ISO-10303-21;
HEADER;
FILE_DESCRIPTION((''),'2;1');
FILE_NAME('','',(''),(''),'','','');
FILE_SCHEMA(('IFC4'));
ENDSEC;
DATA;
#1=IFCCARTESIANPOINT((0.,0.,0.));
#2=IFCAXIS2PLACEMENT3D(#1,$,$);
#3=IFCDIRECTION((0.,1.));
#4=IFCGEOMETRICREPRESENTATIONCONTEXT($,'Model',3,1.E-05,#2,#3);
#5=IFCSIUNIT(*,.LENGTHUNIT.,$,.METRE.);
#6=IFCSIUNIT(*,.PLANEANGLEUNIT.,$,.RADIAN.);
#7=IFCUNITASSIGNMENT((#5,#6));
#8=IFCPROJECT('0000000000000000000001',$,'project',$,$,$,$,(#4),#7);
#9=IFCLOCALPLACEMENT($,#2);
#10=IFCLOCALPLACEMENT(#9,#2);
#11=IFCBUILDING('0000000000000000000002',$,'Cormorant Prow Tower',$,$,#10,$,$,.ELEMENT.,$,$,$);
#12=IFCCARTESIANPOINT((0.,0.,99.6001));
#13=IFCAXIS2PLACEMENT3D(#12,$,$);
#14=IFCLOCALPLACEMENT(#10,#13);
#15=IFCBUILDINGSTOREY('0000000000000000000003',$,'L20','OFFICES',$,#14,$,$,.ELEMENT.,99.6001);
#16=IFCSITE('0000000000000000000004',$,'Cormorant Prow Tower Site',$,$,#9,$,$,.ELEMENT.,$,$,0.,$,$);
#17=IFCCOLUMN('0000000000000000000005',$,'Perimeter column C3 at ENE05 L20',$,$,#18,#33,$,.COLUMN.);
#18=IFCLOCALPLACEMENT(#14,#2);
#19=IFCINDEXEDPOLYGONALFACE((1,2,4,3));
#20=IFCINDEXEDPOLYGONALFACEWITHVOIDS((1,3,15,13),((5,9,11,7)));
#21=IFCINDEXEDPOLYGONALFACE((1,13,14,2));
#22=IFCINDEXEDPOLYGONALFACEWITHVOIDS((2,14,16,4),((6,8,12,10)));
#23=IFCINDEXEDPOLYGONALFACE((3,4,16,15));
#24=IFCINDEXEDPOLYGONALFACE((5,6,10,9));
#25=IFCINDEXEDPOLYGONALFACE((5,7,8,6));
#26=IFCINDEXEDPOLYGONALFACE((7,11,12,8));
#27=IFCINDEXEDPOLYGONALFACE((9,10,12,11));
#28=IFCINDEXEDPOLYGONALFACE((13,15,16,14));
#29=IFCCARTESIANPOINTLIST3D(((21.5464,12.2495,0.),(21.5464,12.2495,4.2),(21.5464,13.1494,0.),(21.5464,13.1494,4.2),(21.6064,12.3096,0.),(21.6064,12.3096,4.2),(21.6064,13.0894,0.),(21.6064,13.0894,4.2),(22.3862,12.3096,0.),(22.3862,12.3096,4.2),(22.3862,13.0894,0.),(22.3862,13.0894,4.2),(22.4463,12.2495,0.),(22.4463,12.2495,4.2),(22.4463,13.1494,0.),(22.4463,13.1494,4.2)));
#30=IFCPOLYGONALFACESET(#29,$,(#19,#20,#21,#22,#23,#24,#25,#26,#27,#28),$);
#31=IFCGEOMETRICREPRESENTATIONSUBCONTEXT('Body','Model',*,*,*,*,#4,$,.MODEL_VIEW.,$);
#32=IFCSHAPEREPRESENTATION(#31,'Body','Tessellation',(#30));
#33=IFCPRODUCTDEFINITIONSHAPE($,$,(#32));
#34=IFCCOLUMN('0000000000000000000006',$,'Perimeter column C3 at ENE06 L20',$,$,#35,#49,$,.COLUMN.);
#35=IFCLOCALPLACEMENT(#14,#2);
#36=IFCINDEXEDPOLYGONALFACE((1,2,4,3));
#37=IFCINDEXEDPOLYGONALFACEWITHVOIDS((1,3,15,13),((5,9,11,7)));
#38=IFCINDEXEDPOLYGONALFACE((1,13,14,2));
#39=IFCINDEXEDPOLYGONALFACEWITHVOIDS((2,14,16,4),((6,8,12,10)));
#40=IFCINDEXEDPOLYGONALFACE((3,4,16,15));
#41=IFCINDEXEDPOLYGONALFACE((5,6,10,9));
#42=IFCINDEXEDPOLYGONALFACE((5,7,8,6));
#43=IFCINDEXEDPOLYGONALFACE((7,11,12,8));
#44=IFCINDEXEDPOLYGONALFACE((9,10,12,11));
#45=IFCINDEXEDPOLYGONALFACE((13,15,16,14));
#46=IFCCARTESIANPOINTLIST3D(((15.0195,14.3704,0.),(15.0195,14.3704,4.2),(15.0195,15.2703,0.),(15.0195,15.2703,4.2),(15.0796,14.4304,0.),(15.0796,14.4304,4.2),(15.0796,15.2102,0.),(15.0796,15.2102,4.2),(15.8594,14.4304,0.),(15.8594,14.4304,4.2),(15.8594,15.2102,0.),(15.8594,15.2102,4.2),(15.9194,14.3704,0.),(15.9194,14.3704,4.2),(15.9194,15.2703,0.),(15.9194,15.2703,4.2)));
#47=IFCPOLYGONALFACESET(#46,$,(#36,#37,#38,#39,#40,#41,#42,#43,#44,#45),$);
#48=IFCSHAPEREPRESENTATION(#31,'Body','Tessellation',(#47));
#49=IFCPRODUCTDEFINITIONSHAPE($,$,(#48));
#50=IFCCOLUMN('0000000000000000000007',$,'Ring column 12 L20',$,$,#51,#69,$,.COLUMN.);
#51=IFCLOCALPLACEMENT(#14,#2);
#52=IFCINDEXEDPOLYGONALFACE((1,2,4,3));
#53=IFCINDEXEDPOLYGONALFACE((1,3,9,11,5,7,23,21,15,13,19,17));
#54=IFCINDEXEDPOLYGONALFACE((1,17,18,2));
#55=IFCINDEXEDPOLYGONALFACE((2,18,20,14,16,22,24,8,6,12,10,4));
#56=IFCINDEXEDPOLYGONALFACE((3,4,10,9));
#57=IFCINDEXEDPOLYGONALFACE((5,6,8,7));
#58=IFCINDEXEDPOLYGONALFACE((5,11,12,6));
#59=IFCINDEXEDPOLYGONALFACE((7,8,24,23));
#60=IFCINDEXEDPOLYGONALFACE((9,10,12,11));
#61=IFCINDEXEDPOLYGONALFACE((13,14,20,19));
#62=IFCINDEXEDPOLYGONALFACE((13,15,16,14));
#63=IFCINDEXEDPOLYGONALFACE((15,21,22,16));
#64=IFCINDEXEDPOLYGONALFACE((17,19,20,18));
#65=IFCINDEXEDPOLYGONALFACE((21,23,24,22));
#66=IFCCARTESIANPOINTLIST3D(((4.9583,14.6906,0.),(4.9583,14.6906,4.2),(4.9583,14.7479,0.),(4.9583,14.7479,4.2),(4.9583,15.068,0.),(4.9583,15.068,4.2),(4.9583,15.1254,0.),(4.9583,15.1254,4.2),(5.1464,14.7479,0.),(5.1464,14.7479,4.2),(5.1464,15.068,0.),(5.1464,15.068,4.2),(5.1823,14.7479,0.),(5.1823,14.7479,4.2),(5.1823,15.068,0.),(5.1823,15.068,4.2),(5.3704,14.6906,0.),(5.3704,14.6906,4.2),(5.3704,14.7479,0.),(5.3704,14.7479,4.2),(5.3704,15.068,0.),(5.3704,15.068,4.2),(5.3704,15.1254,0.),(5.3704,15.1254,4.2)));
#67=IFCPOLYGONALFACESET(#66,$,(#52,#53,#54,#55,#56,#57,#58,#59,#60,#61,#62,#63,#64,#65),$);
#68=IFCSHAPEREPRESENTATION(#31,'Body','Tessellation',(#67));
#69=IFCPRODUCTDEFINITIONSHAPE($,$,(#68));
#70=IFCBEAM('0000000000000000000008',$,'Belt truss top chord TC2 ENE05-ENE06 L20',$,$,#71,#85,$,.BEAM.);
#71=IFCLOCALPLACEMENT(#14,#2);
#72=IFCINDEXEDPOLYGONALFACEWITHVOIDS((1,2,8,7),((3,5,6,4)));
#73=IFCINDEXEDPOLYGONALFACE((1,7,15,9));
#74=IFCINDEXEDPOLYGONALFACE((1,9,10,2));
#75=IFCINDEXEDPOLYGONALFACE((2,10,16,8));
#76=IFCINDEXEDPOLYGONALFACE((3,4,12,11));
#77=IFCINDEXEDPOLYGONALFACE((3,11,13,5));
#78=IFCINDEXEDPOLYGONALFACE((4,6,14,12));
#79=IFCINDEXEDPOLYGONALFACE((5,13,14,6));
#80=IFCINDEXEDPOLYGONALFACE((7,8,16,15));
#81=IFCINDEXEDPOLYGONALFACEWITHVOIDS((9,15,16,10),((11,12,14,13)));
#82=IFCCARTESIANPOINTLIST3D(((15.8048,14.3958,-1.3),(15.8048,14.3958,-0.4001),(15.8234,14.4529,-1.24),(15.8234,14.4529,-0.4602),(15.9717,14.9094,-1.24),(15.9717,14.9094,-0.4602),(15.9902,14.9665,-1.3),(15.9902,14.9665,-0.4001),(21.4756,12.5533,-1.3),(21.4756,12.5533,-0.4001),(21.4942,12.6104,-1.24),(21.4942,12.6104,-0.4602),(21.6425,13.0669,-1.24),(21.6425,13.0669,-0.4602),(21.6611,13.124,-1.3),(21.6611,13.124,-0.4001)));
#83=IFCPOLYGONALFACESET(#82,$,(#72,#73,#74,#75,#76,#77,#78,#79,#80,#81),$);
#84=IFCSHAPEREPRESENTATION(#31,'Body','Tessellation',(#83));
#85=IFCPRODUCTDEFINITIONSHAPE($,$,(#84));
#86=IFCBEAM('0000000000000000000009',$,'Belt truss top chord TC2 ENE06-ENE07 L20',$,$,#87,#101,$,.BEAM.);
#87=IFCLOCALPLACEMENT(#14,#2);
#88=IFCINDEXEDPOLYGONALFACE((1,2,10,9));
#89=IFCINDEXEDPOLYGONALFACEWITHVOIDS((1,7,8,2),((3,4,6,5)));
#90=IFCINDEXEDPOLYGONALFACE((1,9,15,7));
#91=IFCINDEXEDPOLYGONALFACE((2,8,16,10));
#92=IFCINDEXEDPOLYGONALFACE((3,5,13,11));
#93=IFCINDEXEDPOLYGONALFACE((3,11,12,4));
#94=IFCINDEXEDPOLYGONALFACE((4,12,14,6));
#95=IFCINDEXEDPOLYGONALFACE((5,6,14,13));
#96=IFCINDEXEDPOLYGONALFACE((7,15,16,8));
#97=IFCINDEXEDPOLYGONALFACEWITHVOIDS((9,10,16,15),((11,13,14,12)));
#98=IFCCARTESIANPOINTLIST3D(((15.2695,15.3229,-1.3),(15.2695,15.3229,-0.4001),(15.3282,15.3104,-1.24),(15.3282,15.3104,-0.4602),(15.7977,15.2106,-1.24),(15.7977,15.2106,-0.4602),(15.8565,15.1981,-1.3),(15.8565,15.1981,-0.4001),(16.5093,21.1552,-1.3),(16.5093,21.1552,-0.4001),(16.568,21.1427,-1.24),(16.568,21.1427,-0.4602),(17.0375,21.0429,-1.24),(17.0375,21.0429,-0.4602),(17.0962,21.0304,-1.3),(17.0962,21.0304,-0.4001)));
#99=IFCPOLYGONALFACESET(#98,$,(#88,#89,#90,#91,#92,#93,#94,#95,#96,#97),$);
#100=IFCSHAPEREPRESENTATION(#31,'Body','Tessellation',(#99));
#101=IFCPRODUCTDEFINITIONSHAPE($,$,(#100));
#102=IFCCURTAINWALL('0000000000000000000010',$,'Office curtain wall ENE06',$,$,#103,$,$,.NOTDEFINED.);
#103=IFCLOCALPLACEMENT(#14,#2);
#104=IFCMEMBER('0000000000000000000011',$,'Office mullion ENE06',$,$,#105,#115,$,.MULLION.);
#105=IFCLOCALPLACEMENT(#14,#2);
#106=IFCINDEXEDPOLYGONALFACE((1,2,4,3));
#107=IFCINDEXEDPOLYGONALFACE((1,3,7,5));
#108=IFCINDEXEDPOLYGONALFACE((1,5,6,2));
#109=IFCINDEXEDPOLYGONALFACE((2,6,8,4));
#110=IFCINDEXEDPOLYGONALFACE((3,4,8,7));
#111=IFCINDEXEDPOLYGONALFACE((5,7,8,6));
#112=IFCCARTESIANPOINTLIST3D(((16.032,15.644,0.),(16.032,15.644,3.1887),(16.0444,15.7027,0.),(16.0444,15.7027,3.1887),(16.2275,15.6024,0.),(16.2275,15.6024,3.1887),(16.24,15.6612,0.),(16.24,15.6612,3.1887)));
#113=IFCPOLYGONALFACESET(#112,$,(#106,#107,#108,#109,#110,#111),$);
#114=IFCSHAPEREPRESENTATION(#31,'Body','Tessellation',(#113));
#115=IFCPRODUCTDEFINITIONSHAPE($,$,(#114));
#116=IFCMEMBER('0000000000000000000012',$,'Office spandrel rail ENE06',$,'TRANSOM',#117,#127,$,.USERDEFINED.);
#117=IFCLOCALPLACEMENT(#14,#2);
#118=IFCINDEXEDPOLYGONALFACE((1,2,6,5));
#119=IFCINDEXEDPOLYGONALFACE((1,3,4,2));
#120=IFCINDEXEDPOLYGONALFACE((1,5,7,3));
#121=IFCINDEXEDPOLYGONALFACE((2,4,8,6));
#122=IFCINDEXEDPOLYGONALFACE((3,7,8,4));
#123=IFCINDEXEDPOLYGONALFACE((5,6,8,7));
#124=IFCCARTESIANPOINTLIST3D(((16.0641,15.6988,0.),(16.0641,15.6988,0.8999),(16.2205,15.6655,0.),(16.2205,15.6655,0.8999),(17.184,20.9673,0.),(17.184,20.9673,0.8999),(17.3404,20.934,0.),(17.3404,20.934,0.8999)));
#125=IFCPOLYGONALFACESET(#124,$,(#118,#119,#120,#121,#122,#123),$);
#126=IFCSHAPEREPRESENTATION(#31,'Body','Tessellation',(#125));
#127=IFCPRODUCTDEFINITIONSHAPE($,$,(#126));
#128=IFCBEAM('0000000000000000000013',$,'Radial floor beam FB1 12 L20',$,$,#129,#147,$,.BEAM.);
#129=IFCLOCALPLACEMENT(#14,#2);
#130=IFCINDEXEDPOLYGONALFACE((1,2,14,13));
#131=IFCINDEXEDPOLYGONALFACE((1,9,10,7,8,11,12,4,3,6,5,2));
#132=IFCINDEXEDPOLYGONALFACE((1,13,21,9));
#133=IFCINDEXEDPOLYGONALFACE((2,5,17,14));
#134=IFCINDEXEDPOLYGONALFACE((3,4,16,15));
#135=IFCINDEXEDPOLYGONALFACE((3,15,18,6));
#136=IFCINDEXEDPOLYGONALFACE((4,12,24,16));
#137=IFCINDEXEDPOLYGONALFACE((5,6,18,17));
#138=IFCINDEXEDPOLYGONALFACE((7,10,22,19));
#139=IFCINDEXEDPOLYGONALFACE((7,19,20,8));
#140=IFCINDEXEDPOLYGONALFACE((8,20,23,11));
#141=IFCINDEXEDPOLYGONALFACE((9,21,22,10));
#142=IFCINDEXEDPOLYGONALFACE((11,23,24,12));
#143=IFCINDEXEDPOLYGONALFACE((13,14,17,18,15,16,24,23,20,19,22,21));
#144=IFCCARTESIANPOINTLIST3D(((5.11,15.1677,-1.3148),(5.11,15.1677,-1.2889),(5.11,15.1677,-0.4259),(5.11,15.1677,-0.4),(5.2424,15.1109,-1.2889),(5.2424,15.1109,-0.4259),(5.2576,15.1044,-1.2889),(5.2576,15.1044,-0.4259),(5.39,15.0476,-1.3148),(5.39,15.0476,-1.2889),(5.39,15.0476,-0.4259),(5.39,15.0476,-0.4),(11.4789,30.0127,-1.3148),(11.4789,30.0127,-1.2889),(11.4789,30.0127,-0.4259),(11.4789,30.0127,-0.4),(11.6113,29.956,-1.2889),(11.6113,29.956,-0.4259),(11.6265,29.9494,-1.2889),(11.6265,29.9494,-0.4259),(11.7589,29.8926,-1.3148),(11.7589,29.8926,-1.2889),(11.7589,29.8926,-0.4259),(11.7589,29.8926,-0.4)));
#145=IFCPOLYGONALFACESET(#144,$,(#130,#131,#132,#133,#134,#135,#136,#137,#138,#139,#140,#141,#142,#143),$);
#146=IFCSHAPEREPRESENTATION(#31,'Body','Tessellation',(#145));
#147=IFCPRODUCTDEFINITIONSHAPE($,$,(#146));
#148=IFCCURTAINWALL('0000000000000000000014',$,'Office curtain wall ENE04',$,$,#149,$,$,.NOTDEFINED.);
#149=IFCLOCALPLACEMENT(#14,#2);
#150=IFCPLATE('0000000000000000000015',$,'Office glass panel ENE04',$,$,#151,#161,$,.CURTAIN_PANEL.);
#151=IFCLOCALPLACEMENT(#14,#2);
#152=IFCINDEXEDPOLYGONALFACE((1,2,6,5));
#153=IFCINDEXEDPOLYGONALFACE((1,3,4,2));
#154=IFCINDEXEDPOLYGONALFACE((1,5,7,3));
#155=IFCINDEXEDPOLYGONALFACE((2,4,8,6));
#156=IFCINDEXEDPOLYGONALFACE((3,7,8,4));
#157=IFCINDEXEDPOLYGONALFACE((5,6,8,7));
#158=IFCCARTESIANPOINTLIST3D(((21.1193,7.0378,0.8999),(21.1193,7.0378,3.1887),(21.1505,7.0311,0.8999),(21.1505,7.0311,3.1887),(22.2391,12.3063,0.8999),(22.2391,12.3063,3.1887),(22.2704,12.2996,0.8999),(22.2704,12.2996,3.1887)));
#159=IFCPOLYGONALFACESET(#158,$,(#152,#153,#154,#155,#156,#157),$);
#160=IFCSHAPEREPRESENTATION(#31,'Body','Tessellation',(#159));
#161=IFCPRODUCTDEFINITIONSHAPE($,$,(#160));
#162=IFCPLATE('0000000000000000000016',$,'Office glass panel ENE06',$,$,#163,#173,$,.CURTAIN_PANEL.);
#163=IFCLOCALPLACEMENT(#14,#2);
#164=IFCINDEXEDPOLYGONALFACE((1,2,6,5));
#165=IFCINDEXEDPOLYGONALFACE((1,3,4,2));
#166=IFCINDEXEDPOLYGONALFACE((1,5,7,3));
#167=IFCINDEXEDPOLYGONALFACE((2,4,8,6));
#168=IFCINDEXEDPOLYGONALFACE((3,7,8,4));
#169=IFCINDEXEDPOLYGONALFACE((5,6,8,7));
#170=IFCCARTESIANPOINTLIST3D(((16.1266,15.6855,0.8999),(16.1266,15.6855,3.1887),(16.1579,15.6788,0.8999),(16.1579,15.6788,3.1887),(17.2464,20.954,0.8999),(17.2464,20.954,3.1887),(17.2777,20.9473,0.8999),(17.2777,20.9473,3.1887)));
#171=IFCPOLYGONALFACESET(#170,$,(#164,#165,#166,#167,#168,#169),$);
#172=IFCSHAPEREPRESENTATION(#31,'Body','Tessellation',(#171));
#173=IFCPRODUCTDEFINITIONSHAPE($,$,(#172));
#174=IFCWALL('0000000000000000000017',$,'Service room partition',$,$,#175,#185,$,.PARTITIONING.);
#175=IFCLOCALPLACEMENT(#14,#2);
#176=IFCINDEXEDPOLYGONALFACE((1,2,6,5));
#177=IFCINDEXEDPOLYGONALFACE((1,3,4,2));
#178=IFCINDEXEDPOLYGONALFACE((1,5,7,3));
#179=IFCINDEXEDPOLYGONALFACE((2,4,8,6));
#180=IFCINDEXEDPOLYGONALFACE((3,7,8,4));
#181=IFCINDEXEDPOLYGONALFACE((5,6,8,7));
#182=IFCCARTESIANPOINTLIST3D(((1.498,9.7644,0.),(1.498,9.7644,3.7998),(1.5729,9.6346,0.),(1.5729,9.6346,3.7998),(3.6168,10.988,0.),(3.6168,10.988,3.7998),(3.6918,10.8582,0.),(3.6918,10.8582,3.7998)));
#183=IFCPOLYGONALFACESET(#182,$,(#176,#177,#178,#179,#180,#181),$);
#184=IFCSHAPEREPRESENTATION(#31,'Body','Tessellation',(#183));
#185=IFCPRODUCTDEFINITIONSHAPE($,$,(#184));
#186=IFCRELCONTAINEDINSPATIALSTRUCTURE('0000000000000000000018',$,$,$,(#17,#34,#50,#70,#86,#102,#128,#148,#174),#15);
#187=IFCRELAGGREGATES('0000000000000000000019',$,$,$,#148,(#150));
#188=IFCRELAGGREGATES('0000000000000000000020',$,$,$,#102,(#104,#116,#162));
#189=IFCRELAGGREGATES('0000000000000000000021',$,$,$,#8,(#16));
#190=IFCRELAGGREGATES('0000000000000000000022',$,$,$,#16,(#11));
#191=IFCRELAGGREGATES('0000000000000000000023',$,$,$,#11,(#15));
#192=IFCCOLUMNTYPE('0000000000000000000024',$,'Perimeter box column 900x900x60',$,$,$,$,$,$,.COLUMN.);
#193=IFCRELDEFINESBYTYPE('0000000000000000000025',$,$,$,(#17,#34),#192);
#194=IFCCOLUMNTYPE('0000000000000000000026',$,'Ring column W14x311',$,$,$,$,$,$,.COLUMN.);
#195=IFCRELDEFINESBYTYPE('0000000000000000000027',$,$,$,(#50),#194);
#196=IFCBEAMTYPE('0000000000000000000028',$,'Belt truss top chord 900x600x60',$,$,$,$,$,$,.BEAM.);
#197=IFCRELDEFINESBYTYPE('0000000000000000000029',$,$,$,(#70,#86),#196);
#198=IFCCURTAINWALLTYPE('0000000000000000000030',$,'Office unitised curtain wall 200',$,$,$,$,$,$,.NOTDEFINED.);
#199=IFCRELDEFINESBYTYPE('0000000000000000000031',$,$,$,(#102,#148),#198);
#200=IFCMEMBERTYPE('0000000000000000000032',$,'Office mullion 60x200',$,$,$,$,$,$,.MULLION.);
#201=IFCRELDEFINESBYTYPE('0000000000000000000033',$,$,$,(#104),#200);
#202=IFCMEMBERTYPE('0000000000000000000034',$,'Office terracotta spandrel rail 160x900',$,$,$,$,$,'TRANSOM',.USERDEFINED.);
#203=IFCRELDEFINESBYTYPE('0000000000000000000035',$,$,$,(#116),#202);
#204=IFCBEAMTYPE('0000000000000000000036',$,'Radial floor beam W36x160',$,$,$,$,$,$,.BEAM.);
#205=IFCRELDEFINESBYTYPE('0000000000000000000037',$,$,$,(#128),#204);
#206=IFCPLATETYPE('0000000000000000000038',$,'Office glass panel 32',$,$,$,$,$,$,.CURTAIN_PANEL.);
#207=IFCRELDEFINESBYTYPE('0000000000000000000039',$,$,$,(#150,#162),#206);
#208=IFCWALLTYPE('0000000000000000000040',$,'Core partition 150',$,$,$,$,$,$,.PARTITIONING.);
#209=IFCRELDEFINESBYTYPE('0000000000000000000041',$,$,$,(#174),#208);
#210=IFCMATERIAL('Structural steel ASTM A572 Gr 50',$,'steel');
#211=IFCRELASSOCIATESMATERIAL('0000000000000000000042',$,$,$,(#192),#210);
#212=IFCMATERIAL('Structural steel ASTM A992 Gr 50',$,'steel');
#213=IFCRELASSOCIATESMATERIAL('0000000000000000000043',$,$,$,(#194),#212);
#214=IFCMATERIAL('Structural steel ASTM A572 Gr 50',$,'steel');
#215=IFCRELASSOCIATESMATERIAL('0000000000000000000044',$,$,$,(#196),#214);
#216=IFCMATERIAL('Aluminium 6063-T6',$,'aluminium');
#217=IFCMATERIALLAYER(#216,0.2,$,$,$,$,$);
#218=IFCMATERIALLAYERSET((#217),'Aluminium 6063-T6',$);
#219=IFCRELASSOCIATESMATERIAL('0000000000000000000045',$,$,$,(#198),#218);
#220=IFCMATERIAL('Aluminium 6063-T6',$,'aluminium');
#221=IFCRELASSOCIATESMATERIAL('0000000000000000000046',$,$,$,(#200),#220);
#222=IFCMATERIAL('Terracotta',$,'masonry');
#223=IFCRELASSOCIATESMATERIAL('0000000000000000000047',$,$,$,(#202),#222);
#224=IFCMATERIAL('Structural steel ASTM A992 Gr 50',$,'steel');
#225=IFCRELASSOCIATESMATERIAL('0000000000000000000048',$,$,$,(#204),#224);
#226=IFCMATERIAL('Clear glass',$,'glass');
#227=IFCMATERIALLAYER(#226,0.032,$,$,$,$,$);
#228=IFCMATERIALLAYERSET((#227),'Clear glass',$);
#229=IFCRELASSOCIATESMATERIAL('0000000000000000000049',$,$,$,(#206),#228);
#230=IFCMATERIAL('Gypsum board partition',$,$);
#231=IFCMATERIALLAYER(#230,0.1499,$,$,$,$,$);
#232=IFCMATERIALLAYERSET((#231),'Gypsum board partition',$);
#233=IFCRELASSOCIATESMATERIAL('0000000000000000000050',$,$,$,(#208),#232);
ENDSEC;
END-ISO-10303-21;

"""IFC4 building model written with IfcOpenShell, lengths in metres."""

from ifc_helpers import new_model, si_unit, direction, frame, frame_2d, origin, origin_2d, place, context, subcontext, project, spatial, rectangle, hollow_rectangle, i_section, extrude, material, layer, layer_set, material_profile, profile_set, type_object, element, aggregate, save


model = new_model("IFC4")

# Units and contexts
model_context = context("Model", 3, precision=1e-05, world=origin(), true_north=direction((0.0, 1.0)))
body_context = subcontext(model_context, "Body", "Model", "MODEL_VIEW")
ifc_project = project(units=[si_unit("LENGTHUNIT", "METRE"), si_unit("PLANEANGLEUNIT", "RADIAN")], contexts=[model_context])

# Site, building, storey
site_placement = place(None, origin())
site = spatial("IfcSite", under=ifc_project, at=site_placement, Name="Cormorant Prow Tower Site", CompositionType="ELEMENT", RefElevation=0.0)
building_placement = place(site_placement, origin())
building = spatial("IfcBuilding", under=site, at=building_placement, Name="Cormorant Prow Tower", CompositionType="ELEMENT")
storey_placement = place(building_placement, frame((0.0, 0.0, 99.6001)))
storey = spatial("IfcBuildingStorey", under=building, at=storey_placement, Name="L20", Description="OFFICES", CompositionType="ELEMENT", Elevation=99.6001)

# Columns
ifc_material_1 = material(Name="Structural steel ASTM A572 Gr 50", Category="steel")
ifc_material_profile_1 = material_profile(ifc_material_1, hollow_rectangle(XDim=0.8999, YDim=0.8999, WallThickness=0.0601, at=origin_2d()), Name="Box 900x900x60")
ifc_profile_set_1 = profile_set([ifc_material_profile_1], Name="Structural steel ASTM A572 Gr 50")
column_type_1 = type_object("IfcColumnType", Name="Perimeter box column 900x900x60", PredefinedType="COLUMN", material=ifc_profile_set_1)
for number, where, z_axis, x_axis, name in (
    (1, (21.9963, 12.6995, 0.0), (0.0, 0.0, 1.0), (1.0, 0.0, 0.0), "Perimeter column C3 at ENE05 L20"),
    (2, (15.4695, 14.8203, 0.0), (0.0, 0.0, 1.0), (1.0, 0.0, 0.0), "Perimeter column C3 at ENE06 L20"),
):
    element("IfcColumn", number, at=place(storey_placement, frame(where, z_axis=z_axis, x_axis=x_axis)), inside=storey, type_object=column_type_1, Name=name, PredefinedType="COLUMN", context=body_context, shape_type="SweptSolid", body=[
        extrude(hollow_rectangle(XDim=0.8999, YDim=0.8999, WallThickness=0.0601, at=origin_2d()), origin(), (0.0, 0.0, 1.0), 4.2),
    ])
ifc_material_2 = material(Name="Structural steel ASTM A992 Gr 50", Category="steel")
ifc_material_profile_2 = material_profile(ifc_material_2, i_section(OverallWidth=0.4121, OverallDepth=0.4348, WebThickness=0.0359, FlangeThickness=0.0574, at=origin_2d()), Name="W14x311")
ifc_profile_set_2 = profile_set([ifc_material_profile_2], Name="Structural steel ASTM A992 Gr 50")
column_type_2 = type_object("IfcColumnType", Name="Ring column W14x311", PredefinedType="COLUMN", material=ifc_profile_set_2)
column_placement = place(storey_placement, frame((5.1643, 14.908, 0.0), z_axis=(0.0, 0.0, 1.0), x_axis=(1.0, 0.0, 0.0)))
element("IfcColumn", 3, at=column_placement, inside=storey, type_object=column_type_2, Name="Ring column 12 L20", PredefinedType="COLUMN", context=body_context, shape_type="SweptSolid", body=[
    extrude(i_section(OverallWidth=0.4121, OverallDepth=0.4348, WebThickness=0.0359, FlangeThickness=0.0574, at=origin_2d()), origin(), (0.0, 0.0, 1.0), 4.2),
])

# Beams
ifc_material_3 = material(Name="Structural steel ASTM A572 Gr 50", Category="steel")
ifc_material_profile_3 = material_profile(ifc_material_3, hollow_rectangle(XDim=0.6001, YDim=0.8999, WallThickness=0.0601, at=origin_2d()), Name="Box 900x600x60")
ifc_profile_set_3 = profile_set([ifc_material_profile_3], Name="Structural steel ASTM A572 Gr 50")
beam_type_1 = type_object("IfcBeamType", Name="Belt truss top chord 900x600x60", PredefinedType="BEAM", material=ifc_profile_set_3)
for number, where, z_axis, x_axis, name in (
    (4, (21.5684, 12.8386, -0.8501), (-0.951059, 0.309008, 0.0), (-0.309008, -0.951059, 0.0), "Belt truss top chord TC2 ENE05-ENE06 L20"),
    (5, (15.563, 15.2605, -0.8501), (0.207921, 0.978146, 0.0), (-0.978146, 0.207921, 0.0), "Belt truss top chord TC2 ENE06-ENE07 L20"),
):
    element("IfcBeam", number, at=place(storey_placement, frame(where, z_axis=z_axis, x_axis=x_axis)), inside=storey, type_object=beam_type_1, Name=name, PredefinedType="BEAM", context=body_context, shape_type="SweptSolid", body=[
        extrude(hollow_rectangle(XDim=0.6001, YDim=0.8999, WallThickness=0.0601, at=origin_2d()), origin(), (0.0, 0.0, 1.0), 5.9626),
    ])

# Curtain wall, members
ifc_material_4 = material(Name="Aluminium 6063-T6", Category="aluminium")
ifc_layer_1 = layer(ifc_material_4, 0.2)
ifc_layer_set_1 = layer_set([ifc_layer_1], Name="Aluminium 6063-T6")
curtain_wall_type = type_object("IfcCurtainWallType", Name="Office unitised curtain wall 200", PredefinedType="NOTDEFINED", material=ifc_layer_set_1)
curtain_wall_1_placement = place(storey_placement, origin())
curtain_wall_1 = element("IfcCurtainWall", 6, at=curtain_wall_1_placement, inside=storey, type_object=curtain_wall_type, Name="Office curtain wall ENE06", PredefinedType="NOTDEFINED")
ifc_material_5 = material(Name="Aluminium 6063-T6", Category="aluminium")
ifc_material_profile_4 = material_profile(ifc_material_5, rectangle(XDim=0.2, YDim=0.0601, at=origin_2d()), Name="Office mullion 60x200")
ifc_profile_set_4 = profile_set([ifc_material_profile_4], Name="Aluminium 6063-T6")
member_type_1 = type_object("IfcMemberType", Name="Office mullion 60x200", PredefinedType="MULLION", material=ifc_profile_set_4)
member_1_placement = place(storey_placement, frame((16.136, 15.6526, 0.0), z_axis=(0.0, 0.0, 1.0), x_axis=(-0.978148, 0.207912, 0.0)))
member_1 = element("IfcMember", 7, at=member_1_placement, type_object=member_type_1, Name="Office mullion ENE06", PredefinedType="MULLION", context=body_context, shape_type="SweptSolid", body=[
    extrude(rectangle(XDim=0.2, YDim=0.0601, at=origin_2d()), origin(), (0.0, 0.0, 1.0), 3.1887),
])
ifc_material_6 = material(Name="Terracotta", Category="masonry")
ifc_material_profile_5 = material_profile(ifc_material_6, rectangle(XDim=0.1599, YDim=0.8999, at=origin_2d()), Name="Office terracotta spandrel rail 160x900")
ifc_profile_set_5 = profile_set([ifc_material_profile_5], Name="Terracotta")
member_type_2 = type_object("IfcMemberType", Name="Office terracotta spandrel rail 160x900", ElementType="TRANSOM", PredefinedType="USERDEFINED", material=ifc_profile_set_5)
member_2_placement = place(storey_placement, frame((16.1423, 15.6821, 0.45), z_axis=(0.207913, 0.978147, 0.0), x_axis=(-0.978147, 0.207913, 0.0)))
member_2 = element("IfcMember", 8, at=member_2_placement, type_object=member_type_2, Name="Office spandrel rail ENE06", ObjectType="TRANSOM", PredefinedType="USERDEFINED", context=body_context, shape_type="SweptSolid", body=[
    extrude(rectangle(XDim=0.1599, YDim=0.8999, at=origin_2d()), origin(), (0.0, 0.0, 1.0), 5.3862),
])

# Beam
ifc_material_7 = material(Name="Structural steel ASTM A992 Gr 50", Category="steel")
ifc_material_profile_6 = material_profile(ifc_material_7, i_section(OverallWidth=0.3047, OverallDepth=0.9148, WebThickness=0.0166, FlangeThickness=0.0259, at=origin_2d()), Name="W36x160")
ifc_profile_set_6 = profile_set([ifc_material_profile_6], Name="Structural steel ASTM A992 Gr 50")
beam_type_2 = type_object("IfcBeamType", Name="Radial floor beam W36x160", PredefinedType="BEAM", material=ifc_profile_set_6)
beam_placement = place(storey_placement, frame((5.25, 15.1077, -0.8574), z_axis=(0.394273, 0.918993, 0.0), x_axis=(-0.918993, 0.394273, 0.0)))
element("IfcBeam", 9, at=beam_placement, inside=storey, type_object=beam_type_2, Name="Radial floor beam FB1 12 L20", PredefinedType="BEAM", context=body_context, shape_type="SweptSolid", body=[
    extrude(i_section(OverallWidth=0.3047, OverallDepth=0.9148, WebThickness=0.0166, FlangeThickness=0.0259, at=origin_2d()), origin(), (0.0, 0.0, 1.0), 16.1536),
])

# Curtain wall, plate
curtain_wall_2_placement = place(storey_placement, origin())
curtain_wall_2 = element("IfcCurtainWall", 10, at=curtain_wall_2_placement, inside=storey, type_object=curtain_wall_type, Name="Office curtain wall ENE04", PredefinedType="NOTDEFINED")
ifc_material_8 = material(Name="Clear glass", Category="glass")
ifc_layer_2 = layer(ifc_material_8, 0.032)
ifc_layer_set_2 = layer_set([ifc_layer_2], Name="Clear glass")
plate_type = type_object("IfcPlateType", Name="Office glass panel 32", PredefinedType="CURTAIN_PANEL", material=ifc_layer_set_2)
plate_1_placement = place(storey_placement, frame((21.6948, 9.6687, 0.8999), z_axis=(0.0, 0.0, 1.0), x_axis=(0.207912, 0.978148, 0.0)))
plate_1 = element("IfcPlate", 11, at=plate_1_placement, type_object=plate_type, Name="Office glass panel ENE04", PredefinedType="CURTAIN_PANEL", context=body_context, shape_type="SweptSolid", body=[
    extrude(rectangle(XDim=5.3862, YDim=0.032, at=origin_2d()), origin(), (0.0, 0.0, 1.0), 2.2888),
])
aggregate(curtain_wall_2, [plate_1])

# Plate
plate_2_placement = place(storey_placement, frame((16.7021, 18.3164, 0.8999), z_axis=(0.0, 0.0, 1.0), x_axis=(0.207912, 0.978148, 0.0)))
plate_2 = element("IfcPlate", 12, at=plate_2_placement, type_object=plate_type, Name="Office glass panel ENE06", PredefinedType="CURTAIN_PANEL", context=body_context, shape_type="SweptSolid", body=[
    extrude(rectangle(XDim=5.3862, YDim=0.032, at=origin_2d()), origin(), (0.0, 0.0, 1.0), 2.2888),
])
aggregate(curtain_wall_1, [member_1, member_2, plate_2])

# Wall
ifc_material_9 = material(Name="Gypsum board partition")
ifc_layer_3 = layer(ifc_material_9, 0.1499)
ifc_layer_set_3 = layer_set([ifc_layer_3], Name="Gypsum board partition")
wall_type_1 = type_object("IfcWallType", Name="Core partition 150", PredefinedType="PARTITIONING", material=ifc_layer_set_3)
wall_1_placement = place(storey_placement, frame((3.6543, 10.9231, 0.0), z_axis=(0.0, 0.0, 1.0), x_axis=(-0.865975, -0.500088, 0.0)))
element("IfcWall", 13, at=wall_1_placement, inside=storey, type_object=wall_type_1, Name="Service room partition", PredefinedType="PARTITIONING", context=body_context, shape_type="SweptSolid", body=[
    extrude(rectangle(XDim=2.4468, YDim=0.1499, at=frame_2d((1.2234, 0.0))), origin(), (0.0, 0.0, 1.0), 3.7998),
])

save(model, "model.ifc")
